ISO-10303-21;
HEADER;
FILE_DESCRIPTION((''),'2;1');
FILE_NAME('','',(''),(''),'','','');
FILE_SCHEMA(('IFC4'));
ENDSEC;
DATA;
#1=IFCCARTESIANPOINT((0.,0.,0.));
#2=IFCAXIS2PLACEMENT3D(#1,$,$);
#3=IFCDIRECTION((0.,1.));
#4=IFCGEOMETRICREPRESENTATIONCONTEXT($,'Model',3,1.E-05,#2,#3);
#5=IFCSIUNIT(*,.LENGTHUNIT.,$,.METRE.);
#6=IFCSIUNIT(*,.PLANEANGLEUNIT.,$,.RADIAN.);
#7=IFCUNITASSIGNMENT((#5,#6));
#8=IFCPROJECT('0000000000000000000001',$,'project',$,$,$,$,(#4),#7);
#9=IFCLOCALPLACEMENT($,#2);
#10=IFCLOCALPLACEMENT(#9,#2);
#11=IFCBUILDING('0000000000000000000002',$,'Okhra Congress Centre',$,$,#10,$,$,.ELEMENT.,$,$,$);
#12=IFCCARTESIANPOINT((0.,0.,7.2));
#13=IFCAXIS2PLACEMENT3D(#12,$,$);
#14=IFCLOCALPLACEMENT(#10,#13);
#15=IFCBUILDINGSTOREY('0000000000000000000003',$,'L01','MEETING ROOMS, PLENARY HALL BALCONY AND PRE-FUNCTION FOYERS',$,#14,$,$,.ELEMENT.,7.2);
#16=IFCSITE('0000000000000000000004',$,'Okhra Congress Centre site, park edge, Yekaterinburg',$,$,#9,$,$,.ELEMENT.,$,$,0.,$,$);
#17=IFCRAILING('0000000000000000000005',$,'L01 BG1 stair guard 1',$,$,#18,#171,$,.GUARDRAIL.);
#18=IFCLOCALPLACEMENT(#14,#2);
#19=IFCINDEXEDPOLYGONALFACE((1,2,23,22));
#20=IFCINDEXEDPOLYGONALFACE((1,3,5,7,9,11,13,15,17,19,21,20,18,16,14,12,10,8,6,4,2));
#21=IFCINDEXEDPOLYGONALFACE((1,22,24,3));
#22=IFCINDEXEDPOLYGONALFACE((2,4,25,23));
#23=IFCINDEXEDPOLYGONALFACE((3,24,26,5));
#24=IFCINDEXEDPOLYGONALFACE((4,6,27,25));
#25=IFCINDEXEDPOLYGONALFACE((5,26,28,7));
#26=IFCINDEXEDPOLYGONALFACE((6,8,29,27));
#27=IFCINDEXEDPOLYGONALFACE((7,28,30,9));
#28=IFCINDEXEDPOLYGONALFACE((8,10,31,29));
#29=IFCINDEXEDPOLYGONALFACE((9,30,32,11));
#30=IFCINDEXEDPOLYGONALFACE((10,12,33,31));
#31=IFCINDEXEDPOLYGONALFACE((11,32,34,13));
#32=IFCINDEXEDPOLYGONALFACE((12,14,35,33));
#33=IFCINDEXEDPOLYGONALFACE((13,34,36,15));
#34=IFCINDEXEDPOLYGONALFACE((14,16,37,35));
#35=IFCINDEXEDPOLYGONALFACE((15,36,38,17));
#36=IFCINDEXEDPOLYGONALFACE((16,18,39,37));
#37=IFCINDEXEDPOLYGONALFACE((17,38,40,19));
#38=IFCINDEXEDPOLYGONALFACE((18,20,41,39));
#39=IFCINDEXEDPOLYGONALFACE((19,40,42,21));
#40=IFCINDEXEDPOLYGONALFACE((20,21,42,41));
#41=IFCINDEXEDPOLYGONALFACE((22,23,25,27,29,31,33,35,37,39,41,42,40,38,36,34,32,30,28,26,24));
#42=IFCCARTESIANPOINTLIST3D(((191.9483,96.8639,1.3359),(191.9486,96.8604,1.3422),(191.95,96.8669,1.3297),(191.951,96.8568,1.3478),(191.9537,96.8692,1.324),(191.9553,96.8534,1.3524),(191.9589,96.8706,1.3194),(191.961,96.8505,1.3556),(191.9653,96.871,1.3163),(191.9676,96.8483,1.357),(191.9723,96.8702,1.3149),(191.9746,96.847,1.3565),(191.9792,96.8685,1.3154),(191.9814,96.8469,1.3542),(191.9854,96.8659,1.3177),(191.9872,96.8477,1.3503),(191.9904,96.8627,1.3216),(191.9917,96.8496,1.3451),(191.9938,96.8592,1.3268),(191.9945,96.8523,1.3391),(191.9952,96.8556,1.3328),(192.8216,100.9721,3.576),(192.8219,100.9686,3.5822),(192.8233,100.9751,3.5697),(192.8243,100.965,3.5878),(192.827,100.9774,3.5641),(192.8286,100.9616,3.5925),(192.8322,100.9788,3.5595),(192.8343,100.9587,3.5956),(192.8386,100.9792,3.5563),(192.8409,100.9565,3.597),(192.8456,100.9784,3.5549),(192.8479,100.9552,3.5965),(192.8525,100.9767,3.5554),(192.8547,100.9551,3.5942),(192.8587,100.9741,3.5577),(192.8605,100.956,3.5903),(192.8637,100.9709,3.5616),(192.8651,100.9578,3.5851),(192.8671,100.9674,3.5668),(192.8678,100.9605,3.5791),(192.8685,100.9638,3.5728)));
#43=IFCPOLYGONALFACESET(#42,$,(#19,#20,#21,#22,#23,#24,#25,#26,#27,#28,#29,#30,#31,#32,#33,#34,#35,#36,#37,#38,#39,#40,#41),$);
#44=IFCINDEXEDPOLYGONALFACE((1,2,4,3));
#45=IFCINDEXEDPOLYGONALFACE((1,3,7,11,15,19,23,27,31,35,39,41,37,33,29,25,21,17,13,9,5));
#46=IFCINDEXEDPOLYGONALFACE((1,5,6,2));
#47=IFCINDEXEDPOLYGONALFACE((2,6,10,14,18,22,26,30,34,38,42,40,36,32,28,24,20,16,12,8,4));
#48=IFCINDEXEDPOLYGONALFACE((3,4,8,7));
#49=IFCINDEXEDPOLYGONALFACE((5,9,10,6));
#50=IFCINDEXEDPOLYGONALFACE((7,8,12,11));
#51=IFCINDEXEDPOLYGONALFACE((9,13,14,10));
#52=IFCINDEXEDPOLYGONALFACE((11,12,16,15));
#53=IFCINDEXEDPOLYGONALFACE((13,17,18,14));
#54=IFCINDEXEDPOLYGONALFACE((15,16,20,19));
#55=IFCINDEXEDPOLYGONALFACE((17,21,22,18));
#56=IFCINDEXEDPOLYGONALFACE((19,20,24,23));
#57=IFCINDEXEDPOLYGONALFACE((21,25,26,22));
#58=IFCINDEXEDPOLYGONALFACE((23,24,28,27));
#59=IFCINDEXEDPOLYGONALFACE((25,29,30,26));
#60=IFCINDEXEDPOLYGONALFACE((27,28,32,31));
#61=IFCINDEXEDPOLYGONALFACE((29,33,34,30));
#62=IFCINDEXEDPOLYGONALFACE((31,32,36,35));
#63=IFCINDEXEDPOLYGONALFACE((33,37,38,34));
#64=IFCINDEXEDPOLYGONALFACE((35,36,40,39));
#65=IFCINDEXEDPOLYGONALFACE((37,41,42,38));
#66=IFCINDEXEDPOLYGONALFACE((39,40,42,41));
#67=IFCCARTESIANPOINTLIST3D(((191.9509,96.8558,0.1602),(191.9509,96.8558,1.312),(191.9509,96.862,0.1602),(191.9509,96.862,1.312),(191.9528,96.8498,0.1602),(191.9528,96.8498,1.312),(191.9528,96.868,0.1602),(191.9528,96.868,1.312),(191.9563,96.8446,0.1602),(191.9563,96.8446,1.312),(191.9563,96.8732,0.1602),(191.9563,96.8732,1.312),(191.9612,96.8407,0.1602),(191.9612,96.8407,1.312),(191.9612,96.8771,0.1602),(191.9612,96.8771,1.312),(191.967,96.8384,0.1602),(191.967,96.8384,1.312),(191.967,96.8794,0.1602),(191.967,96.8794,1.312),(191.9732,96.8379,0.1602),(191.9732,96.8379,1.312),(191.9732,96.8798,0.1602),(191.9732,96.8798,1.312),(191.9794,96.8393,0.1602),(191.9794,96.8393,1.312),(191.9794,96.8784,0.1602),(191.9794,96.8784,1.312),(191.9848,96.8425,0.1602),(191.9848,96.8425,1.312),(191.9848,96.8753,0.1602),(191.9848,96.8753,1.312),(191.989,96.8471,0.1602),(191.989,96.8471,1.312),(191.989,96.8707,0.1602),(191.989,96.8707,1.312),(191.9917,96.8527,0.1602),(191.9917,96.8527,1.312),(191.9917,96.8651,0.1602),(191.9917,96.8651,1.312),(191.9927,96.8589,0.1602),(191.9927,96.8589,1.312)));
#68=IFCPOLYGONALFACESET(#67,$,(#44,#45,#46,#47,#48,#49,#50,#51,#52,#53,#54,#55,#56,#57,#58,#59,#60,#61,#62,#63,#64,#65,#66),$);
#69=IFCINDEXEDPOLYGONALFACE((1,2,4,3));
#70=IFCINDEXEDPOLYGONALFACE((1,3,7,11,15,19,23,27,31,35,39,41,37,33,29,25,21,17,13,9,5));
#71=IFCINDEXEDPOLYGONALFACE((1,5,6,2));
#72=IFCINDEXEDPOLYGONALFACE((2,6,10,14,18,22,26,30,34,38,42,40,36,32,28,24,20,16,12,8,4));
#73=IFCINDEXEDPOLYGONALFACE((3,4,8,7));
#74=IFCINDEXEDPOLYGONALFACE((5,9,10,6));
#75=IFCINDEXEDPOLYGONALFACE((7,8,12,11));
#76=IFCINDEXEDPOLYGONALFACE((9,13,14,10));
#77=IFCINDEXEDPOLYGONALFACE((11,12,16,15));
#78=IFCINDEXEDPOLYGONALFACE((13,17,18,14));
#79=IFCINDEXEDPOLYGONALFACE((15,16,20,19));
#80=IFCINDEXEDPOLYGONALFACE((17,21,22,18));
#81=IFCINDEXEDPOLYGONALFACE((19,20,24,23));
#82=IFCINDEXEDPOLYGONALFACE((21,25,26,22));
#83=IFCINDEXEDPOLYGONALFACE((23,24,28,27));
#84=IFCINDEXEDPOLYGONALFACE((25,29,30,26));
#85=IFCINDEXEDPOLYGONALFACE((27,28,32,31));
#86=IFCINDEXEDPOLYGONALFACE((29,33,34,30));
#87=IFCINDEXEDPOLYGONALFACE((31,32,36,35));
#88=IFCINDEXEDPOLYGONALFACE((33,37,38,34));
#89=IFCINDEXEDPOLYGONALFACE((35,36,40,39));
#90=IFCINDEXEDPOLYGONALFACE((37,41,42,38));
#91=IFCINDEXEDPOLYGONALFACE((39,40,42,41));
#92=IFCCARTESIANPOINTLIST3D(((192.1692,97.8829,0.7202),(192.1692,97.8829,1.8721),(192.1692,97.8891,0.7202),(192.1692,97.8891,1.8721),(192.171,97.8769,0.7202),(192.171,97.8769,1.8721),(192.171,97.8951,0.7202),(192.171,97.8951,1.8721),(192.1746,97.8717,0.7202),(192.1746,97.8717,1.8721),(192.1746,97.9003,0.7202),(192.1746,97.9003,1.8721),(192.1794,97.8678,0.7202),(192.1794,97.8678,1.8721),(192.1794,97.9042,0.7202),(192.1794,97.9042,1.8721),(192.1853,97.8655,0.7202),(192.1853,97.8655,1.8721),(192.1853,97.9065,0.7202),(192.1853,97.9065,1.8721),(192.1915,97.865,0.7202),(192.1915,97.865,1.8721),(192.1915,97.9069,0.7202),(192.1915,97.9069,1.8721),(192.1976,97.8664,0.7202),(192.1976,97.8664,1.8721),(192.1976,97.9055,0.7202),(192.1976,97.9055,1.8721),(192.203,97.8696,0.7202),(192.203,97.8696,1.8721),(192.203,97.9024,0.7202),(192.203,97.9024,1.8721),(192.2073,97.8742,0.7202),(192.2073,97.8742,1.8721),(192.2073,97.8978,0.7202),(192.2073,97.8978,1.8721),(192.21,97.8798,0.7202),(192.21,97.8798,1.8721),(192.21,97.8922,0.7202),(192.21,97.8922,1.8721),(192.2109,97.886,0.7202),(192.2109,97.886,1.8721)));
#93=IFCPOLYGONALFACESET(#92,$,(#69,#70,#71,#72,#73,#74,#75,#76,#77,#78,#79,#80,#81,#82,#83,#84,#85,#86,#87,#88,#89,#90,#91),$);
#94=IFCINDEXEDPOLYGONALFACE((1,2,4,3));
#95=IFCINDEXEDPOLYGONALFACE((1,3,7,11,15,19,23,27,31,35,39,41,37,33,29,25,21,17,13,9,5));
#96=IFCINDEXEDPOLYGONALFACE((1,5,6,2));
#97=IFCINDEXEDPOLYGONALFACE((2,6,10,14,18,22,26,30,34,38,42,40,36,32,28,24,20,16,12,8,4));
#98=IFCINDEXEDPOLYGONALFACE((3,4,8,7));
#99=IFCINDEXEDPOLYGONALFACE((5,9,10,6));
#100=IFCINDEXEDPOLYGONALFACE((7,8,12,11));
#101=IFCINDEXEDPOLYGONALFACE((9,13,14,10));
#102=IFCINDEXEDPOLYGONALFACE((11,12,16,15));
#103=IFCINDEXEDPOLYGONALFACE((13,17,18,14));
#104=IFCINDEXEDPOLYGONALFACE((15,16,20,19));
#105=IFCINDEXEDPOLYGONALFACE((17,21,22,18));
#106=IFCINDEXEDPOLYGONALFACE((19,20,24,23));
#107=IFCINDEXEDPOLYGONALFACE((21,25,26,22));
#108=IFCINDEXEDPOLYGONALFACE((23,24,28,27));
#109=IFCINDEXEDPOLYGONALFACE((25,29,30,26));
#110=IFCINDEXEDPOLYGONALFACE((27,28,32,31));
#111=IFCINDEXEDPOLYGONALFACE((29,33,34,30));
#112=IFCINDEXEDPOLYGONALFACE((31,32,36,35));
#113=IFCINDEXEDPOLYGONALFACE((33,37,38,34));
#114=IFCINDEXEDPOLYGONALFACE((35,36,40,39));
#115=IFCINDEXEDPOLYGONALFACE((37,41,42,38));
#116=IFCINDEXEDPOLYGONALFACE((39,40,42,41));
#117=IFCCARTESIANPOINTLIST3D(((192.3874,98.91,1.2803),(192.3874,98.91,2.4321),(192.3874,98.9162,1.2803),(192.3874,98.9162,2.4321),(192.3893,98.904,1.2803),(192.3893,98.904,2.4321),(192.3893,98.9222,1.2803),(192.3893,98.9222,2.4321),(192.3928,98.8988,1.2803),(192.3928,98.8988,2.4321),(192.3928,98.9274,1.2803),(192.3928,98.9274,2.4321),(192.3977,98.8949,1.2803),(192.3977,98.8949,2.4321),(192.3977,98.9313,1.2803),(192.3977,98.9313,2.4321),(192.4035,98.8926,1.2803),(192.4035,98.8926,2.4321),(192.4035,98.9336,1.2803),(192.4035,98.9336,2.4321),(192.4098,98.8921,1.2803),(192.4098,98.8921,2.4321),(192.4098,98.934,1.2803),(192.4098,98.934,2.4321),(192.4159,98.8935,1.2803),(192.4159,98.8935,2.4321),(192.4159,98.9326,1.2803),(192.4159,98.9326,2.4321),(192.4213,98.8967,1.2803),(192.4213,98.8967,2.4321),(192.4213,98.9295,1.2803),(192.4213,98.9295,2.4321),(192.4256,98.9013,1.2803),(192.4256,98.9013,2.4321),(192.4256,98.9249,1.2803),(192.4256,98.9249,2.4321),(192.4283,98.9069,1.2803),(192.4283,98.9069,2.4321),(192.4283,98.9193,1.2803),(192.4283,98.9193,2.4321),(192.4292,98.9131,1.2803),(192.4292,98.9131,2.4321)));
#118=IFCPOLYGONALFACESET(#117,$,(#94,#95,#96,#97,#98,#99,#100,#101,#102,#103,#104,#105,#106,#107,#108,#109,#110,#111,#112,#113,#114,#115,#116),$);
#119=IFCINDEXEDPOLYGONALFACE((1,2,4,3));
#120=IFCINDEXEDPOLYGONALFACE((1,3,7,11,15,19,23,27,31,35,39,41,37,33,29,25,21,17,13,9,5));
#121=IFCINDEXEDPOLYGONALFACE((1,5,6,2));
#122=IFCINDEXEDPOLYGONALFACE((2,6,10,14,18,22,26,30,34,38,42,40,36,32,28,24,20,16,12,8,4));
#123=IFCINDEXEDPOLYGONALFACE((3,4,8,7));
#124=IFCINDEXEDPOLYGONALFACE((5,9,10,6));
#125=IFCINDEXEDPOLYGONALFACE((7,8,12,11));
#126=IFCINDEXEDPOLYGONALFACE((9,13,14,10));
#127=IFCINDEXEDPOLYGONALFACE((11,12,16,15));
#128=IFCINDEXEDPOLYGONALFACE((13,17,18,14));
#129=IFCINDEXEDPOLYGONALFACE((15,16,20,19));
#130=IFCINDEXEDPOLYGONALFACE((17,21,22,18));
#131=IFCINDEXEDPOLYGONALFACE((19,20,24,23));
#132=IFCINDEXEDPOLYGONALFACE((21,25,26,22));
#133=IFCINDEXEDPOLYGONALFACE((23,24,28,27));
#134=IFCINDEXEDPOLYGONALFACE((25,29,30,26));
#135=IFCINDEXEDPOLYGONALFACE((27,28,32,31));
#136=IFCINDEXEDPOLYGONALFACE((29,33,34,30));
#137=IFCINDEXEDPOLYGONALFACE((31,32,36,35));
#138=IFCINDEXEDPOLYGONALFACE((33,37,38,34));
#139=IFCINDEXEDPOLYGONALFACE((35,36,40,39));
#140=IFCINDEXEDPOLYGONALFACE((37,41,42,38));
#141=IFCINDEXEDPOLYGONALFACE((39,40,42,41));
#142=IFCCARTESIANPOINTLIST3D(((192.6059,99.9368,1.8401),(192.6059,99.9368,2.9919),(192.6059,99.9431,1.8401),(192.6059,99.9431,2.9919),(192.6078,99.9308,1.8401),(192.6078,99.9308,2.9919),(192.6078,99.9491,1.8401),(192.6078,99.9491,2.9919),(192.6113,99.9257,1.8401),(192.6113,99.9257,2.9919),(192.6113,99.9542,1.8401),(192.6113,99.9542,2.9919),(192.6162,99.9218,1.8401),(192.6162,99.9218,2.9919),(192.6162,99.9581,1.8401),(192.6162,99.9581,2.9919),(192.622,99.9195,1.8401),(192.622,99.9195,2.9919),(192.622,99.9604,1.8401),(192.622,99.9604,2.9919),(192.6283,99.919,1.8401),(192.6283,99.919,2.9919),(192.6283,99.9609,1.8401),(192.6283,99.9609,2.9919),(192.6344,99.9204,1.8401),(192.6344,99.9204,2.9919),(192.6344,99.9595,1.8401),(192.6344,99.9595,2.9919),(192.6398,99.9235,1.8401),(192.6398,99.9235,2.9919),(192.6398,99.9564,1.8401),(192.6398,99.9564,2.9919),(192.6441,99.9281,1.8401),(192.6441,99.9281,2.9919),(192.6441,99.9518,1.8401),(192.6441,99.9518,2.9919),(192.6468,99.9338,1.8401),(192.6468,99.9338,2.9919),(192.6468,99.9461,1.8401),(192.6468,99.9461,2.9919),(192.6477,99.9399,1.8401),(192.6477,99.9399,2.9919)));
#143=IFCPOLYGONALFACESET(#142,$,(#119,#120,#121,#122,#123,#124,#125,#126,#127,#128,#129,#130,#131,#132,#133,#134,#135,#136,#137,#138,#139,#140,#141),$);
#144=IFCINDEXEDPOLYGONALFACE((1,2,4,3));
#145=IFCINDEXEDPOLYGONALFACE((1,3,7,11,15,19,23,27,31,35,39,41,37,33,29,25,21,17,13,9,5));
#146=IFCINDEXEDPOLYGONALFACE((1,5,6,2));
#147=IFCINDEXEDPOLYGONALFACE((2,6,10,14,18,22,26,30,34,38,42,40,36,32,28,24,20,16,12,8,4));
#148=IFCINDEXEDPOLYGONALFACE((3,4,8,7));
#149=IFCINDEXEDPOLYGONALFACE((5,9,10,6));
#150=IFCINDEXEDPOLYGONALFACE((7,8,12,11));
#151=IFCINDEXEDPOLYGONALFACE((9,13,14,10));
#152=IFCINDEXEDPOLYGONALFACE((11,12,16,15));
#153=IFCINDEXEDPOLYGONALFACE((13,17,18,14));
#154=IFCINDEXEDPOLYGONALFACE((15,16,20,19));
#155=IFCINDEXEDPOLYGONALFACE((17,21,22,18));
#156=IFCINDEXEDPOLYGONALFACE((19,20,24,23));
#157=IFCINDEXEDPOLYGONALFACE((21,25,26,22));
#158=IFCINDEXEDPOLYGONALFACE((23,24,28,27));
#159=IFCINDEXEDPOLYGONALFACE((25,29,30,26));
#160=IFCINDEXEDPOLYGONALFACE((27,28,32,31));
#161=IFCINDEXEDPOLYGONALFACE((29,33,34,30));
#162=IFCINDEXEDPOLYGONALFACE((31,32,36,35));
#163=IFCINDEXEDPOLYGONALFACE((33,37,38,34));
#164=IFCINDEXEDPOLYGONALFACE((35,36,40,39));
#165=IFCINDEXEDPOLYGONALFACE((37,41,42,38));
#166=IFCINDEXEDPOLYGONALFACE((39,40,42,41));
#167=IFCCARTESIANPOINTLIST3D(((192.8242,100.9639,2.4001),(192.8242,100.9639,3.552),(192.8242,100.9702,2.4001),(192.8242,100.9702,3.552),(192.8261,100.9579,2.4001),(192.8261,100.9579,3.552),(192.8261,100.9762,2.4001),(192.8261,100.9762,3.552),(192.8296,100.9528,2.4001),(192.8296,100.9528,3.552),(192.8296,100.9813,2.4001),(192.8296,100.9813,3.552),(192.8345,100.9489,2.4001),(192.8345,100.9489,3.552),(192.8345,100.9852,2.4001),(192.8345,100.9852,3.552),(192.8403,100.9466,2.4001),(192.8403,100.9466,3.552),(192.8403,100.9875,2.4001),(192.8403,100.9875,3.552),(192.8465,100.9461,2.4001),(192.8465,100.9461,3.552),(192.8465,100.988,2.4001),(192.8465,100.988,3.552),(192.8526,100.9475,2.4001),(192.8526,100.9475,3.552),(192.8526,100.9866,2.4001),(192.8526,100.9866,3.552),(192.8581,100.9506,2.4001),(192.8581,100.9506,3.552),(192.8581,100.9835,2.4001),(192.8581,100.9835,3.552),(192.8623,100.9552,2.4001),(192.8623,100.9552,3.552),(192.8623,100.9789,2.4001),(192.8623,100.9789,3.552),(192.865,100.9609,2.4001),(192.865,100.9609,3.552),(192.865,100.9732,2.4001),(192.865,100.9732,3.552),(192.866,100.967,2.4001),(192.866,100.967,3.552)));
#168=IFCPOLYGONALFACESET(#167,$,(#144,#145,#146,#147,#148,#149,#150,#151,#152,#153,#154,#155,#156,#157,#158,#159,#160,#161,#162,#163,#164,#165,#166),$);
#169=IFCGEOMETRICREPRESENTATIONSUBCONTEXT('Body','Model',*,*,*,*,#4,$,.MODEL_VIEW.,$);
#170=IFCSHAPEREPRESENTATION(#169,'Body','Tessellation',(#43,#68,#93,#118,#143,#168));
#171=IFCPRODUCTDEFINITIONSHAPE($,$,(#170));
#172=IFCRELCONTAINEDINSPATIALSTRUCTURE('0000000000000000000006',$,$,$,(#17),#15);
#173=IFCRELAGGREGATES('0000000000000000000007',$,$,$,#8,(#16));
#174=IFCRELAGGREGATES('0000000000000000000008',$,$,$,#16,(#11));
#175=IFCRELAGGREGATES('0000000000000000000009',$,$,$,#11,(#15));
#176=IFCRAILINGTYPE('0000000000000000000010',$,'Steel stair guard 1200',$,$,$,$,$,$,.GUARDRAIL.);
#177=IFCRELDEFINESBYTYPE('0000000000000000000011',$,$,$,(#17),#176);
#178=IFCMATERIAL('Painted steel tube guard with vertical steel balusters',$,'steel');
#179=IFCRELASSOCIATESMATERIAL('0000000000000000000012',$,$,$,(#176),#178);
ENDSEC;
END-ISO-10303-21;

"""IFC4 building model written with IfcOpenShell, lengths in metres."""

from ifc_helpers import new_model, si_unit, direction, frame, origin, origin_2d, place, context, subcontext, project, spatial, circle, extrude, material, type_object, element, save


model = new_model("IFC4")

# Units and contexts
model_context = context("Model", 3, precision=1e-05, world=origin(), true_north=direction((0.0, 1.0)))
body_context = subcontext(model_context, "Body", "Model", "MODEL_VIEW")
ifc_project = project(units=[si_unit("LENGTHUNIT", "METRE"), si_unit("PLANEANGLEUNIT", "RADIAN")], contexts=[model_context])

# Site, building, storey
site_placement = place(None, origin())
site = spatial("IfcSite", under=ifc_project, at=site_placement, Name="Okhra Congress Centre site, park edge, Yekaterinburg", CompositionType="ELEMENT", RefElevation=0.0)
building_placement = place(site_placement, origin())
building = spatial("IfcBuilding", under=site, at=building_placement, Name="Okhra Congress Centre", CompositionType="ELEMENT")
storey_placement = place(building_placement, frame((0.0, 0.0, 7.2)))
storey = spatial("IfcBuildingStorey", under=building, at=storey_placement, Name="L01", Description="MEETING ROOMS, PLENARY HALL BALCONY AND PRE-FUNCTION FOYERS", CompositionType="ELEMENT", Elevation=7.2)

# Railing
ifc_material_1 = material(Name="Painted steel tube guard with vertical steel balusters", Category="steel")
railing_type_1 = type_object("IfcRailingType", Name="Steel stair guard 1200", PredefinedType="GUARDRAIL", material=ifc_material_1)
railing_1_placement = place(storey_placement, frame((191.9717, 96.8589, 0.1602)))
element("IfcRailing", 1, at=railing_1_placement, inside=storey, type_object=railing_type_1, Name="L01 BG1 stair guard 1", PredefinedType="GUARDRAIL", context=body_context, shape_type="SweptSolid", body=[
    extrude(circle(Radius=0.0239, at=origin_2d()), frame((0.0, 0.0, 1.1758), z_axis=(0.183466, 0.863067, 0.470591), x_axis=(-0.978144, 0.207929, 0.0)), (0.0, 0.0, 1.0), 4.76),
    extrude(circle(Radius=0.021, at=origin_2d()), origin(), (0.0, 0.0, 1.0), 1.1519),
    extrude(circle(Radius=0.021, at=origin_2d()), frame((0.2183, 1.0271, 0.5601)), (0.0, 0.0, 1.0), 1.1519),
    extrude(circle(Radius=0.021, at=origin_2d()), frame((0.4365, 2.0542, 1.1201)), (0.0, 0.0, 1.0), 1.1519),
    extrude(circle(Radius=0.021, at=origin_2d()), frame((0.655, 3.0811, 1.6799)), (0.0, 0.0, 1.0), 1.1519),
    extrude(circle(Radius=0.021, at=origin_2d()), frame((0.8733, 4.1082, 2.24)), (0.0, 0.0, 1.0), 1.1519),
])

save(model, "model.ifc")
